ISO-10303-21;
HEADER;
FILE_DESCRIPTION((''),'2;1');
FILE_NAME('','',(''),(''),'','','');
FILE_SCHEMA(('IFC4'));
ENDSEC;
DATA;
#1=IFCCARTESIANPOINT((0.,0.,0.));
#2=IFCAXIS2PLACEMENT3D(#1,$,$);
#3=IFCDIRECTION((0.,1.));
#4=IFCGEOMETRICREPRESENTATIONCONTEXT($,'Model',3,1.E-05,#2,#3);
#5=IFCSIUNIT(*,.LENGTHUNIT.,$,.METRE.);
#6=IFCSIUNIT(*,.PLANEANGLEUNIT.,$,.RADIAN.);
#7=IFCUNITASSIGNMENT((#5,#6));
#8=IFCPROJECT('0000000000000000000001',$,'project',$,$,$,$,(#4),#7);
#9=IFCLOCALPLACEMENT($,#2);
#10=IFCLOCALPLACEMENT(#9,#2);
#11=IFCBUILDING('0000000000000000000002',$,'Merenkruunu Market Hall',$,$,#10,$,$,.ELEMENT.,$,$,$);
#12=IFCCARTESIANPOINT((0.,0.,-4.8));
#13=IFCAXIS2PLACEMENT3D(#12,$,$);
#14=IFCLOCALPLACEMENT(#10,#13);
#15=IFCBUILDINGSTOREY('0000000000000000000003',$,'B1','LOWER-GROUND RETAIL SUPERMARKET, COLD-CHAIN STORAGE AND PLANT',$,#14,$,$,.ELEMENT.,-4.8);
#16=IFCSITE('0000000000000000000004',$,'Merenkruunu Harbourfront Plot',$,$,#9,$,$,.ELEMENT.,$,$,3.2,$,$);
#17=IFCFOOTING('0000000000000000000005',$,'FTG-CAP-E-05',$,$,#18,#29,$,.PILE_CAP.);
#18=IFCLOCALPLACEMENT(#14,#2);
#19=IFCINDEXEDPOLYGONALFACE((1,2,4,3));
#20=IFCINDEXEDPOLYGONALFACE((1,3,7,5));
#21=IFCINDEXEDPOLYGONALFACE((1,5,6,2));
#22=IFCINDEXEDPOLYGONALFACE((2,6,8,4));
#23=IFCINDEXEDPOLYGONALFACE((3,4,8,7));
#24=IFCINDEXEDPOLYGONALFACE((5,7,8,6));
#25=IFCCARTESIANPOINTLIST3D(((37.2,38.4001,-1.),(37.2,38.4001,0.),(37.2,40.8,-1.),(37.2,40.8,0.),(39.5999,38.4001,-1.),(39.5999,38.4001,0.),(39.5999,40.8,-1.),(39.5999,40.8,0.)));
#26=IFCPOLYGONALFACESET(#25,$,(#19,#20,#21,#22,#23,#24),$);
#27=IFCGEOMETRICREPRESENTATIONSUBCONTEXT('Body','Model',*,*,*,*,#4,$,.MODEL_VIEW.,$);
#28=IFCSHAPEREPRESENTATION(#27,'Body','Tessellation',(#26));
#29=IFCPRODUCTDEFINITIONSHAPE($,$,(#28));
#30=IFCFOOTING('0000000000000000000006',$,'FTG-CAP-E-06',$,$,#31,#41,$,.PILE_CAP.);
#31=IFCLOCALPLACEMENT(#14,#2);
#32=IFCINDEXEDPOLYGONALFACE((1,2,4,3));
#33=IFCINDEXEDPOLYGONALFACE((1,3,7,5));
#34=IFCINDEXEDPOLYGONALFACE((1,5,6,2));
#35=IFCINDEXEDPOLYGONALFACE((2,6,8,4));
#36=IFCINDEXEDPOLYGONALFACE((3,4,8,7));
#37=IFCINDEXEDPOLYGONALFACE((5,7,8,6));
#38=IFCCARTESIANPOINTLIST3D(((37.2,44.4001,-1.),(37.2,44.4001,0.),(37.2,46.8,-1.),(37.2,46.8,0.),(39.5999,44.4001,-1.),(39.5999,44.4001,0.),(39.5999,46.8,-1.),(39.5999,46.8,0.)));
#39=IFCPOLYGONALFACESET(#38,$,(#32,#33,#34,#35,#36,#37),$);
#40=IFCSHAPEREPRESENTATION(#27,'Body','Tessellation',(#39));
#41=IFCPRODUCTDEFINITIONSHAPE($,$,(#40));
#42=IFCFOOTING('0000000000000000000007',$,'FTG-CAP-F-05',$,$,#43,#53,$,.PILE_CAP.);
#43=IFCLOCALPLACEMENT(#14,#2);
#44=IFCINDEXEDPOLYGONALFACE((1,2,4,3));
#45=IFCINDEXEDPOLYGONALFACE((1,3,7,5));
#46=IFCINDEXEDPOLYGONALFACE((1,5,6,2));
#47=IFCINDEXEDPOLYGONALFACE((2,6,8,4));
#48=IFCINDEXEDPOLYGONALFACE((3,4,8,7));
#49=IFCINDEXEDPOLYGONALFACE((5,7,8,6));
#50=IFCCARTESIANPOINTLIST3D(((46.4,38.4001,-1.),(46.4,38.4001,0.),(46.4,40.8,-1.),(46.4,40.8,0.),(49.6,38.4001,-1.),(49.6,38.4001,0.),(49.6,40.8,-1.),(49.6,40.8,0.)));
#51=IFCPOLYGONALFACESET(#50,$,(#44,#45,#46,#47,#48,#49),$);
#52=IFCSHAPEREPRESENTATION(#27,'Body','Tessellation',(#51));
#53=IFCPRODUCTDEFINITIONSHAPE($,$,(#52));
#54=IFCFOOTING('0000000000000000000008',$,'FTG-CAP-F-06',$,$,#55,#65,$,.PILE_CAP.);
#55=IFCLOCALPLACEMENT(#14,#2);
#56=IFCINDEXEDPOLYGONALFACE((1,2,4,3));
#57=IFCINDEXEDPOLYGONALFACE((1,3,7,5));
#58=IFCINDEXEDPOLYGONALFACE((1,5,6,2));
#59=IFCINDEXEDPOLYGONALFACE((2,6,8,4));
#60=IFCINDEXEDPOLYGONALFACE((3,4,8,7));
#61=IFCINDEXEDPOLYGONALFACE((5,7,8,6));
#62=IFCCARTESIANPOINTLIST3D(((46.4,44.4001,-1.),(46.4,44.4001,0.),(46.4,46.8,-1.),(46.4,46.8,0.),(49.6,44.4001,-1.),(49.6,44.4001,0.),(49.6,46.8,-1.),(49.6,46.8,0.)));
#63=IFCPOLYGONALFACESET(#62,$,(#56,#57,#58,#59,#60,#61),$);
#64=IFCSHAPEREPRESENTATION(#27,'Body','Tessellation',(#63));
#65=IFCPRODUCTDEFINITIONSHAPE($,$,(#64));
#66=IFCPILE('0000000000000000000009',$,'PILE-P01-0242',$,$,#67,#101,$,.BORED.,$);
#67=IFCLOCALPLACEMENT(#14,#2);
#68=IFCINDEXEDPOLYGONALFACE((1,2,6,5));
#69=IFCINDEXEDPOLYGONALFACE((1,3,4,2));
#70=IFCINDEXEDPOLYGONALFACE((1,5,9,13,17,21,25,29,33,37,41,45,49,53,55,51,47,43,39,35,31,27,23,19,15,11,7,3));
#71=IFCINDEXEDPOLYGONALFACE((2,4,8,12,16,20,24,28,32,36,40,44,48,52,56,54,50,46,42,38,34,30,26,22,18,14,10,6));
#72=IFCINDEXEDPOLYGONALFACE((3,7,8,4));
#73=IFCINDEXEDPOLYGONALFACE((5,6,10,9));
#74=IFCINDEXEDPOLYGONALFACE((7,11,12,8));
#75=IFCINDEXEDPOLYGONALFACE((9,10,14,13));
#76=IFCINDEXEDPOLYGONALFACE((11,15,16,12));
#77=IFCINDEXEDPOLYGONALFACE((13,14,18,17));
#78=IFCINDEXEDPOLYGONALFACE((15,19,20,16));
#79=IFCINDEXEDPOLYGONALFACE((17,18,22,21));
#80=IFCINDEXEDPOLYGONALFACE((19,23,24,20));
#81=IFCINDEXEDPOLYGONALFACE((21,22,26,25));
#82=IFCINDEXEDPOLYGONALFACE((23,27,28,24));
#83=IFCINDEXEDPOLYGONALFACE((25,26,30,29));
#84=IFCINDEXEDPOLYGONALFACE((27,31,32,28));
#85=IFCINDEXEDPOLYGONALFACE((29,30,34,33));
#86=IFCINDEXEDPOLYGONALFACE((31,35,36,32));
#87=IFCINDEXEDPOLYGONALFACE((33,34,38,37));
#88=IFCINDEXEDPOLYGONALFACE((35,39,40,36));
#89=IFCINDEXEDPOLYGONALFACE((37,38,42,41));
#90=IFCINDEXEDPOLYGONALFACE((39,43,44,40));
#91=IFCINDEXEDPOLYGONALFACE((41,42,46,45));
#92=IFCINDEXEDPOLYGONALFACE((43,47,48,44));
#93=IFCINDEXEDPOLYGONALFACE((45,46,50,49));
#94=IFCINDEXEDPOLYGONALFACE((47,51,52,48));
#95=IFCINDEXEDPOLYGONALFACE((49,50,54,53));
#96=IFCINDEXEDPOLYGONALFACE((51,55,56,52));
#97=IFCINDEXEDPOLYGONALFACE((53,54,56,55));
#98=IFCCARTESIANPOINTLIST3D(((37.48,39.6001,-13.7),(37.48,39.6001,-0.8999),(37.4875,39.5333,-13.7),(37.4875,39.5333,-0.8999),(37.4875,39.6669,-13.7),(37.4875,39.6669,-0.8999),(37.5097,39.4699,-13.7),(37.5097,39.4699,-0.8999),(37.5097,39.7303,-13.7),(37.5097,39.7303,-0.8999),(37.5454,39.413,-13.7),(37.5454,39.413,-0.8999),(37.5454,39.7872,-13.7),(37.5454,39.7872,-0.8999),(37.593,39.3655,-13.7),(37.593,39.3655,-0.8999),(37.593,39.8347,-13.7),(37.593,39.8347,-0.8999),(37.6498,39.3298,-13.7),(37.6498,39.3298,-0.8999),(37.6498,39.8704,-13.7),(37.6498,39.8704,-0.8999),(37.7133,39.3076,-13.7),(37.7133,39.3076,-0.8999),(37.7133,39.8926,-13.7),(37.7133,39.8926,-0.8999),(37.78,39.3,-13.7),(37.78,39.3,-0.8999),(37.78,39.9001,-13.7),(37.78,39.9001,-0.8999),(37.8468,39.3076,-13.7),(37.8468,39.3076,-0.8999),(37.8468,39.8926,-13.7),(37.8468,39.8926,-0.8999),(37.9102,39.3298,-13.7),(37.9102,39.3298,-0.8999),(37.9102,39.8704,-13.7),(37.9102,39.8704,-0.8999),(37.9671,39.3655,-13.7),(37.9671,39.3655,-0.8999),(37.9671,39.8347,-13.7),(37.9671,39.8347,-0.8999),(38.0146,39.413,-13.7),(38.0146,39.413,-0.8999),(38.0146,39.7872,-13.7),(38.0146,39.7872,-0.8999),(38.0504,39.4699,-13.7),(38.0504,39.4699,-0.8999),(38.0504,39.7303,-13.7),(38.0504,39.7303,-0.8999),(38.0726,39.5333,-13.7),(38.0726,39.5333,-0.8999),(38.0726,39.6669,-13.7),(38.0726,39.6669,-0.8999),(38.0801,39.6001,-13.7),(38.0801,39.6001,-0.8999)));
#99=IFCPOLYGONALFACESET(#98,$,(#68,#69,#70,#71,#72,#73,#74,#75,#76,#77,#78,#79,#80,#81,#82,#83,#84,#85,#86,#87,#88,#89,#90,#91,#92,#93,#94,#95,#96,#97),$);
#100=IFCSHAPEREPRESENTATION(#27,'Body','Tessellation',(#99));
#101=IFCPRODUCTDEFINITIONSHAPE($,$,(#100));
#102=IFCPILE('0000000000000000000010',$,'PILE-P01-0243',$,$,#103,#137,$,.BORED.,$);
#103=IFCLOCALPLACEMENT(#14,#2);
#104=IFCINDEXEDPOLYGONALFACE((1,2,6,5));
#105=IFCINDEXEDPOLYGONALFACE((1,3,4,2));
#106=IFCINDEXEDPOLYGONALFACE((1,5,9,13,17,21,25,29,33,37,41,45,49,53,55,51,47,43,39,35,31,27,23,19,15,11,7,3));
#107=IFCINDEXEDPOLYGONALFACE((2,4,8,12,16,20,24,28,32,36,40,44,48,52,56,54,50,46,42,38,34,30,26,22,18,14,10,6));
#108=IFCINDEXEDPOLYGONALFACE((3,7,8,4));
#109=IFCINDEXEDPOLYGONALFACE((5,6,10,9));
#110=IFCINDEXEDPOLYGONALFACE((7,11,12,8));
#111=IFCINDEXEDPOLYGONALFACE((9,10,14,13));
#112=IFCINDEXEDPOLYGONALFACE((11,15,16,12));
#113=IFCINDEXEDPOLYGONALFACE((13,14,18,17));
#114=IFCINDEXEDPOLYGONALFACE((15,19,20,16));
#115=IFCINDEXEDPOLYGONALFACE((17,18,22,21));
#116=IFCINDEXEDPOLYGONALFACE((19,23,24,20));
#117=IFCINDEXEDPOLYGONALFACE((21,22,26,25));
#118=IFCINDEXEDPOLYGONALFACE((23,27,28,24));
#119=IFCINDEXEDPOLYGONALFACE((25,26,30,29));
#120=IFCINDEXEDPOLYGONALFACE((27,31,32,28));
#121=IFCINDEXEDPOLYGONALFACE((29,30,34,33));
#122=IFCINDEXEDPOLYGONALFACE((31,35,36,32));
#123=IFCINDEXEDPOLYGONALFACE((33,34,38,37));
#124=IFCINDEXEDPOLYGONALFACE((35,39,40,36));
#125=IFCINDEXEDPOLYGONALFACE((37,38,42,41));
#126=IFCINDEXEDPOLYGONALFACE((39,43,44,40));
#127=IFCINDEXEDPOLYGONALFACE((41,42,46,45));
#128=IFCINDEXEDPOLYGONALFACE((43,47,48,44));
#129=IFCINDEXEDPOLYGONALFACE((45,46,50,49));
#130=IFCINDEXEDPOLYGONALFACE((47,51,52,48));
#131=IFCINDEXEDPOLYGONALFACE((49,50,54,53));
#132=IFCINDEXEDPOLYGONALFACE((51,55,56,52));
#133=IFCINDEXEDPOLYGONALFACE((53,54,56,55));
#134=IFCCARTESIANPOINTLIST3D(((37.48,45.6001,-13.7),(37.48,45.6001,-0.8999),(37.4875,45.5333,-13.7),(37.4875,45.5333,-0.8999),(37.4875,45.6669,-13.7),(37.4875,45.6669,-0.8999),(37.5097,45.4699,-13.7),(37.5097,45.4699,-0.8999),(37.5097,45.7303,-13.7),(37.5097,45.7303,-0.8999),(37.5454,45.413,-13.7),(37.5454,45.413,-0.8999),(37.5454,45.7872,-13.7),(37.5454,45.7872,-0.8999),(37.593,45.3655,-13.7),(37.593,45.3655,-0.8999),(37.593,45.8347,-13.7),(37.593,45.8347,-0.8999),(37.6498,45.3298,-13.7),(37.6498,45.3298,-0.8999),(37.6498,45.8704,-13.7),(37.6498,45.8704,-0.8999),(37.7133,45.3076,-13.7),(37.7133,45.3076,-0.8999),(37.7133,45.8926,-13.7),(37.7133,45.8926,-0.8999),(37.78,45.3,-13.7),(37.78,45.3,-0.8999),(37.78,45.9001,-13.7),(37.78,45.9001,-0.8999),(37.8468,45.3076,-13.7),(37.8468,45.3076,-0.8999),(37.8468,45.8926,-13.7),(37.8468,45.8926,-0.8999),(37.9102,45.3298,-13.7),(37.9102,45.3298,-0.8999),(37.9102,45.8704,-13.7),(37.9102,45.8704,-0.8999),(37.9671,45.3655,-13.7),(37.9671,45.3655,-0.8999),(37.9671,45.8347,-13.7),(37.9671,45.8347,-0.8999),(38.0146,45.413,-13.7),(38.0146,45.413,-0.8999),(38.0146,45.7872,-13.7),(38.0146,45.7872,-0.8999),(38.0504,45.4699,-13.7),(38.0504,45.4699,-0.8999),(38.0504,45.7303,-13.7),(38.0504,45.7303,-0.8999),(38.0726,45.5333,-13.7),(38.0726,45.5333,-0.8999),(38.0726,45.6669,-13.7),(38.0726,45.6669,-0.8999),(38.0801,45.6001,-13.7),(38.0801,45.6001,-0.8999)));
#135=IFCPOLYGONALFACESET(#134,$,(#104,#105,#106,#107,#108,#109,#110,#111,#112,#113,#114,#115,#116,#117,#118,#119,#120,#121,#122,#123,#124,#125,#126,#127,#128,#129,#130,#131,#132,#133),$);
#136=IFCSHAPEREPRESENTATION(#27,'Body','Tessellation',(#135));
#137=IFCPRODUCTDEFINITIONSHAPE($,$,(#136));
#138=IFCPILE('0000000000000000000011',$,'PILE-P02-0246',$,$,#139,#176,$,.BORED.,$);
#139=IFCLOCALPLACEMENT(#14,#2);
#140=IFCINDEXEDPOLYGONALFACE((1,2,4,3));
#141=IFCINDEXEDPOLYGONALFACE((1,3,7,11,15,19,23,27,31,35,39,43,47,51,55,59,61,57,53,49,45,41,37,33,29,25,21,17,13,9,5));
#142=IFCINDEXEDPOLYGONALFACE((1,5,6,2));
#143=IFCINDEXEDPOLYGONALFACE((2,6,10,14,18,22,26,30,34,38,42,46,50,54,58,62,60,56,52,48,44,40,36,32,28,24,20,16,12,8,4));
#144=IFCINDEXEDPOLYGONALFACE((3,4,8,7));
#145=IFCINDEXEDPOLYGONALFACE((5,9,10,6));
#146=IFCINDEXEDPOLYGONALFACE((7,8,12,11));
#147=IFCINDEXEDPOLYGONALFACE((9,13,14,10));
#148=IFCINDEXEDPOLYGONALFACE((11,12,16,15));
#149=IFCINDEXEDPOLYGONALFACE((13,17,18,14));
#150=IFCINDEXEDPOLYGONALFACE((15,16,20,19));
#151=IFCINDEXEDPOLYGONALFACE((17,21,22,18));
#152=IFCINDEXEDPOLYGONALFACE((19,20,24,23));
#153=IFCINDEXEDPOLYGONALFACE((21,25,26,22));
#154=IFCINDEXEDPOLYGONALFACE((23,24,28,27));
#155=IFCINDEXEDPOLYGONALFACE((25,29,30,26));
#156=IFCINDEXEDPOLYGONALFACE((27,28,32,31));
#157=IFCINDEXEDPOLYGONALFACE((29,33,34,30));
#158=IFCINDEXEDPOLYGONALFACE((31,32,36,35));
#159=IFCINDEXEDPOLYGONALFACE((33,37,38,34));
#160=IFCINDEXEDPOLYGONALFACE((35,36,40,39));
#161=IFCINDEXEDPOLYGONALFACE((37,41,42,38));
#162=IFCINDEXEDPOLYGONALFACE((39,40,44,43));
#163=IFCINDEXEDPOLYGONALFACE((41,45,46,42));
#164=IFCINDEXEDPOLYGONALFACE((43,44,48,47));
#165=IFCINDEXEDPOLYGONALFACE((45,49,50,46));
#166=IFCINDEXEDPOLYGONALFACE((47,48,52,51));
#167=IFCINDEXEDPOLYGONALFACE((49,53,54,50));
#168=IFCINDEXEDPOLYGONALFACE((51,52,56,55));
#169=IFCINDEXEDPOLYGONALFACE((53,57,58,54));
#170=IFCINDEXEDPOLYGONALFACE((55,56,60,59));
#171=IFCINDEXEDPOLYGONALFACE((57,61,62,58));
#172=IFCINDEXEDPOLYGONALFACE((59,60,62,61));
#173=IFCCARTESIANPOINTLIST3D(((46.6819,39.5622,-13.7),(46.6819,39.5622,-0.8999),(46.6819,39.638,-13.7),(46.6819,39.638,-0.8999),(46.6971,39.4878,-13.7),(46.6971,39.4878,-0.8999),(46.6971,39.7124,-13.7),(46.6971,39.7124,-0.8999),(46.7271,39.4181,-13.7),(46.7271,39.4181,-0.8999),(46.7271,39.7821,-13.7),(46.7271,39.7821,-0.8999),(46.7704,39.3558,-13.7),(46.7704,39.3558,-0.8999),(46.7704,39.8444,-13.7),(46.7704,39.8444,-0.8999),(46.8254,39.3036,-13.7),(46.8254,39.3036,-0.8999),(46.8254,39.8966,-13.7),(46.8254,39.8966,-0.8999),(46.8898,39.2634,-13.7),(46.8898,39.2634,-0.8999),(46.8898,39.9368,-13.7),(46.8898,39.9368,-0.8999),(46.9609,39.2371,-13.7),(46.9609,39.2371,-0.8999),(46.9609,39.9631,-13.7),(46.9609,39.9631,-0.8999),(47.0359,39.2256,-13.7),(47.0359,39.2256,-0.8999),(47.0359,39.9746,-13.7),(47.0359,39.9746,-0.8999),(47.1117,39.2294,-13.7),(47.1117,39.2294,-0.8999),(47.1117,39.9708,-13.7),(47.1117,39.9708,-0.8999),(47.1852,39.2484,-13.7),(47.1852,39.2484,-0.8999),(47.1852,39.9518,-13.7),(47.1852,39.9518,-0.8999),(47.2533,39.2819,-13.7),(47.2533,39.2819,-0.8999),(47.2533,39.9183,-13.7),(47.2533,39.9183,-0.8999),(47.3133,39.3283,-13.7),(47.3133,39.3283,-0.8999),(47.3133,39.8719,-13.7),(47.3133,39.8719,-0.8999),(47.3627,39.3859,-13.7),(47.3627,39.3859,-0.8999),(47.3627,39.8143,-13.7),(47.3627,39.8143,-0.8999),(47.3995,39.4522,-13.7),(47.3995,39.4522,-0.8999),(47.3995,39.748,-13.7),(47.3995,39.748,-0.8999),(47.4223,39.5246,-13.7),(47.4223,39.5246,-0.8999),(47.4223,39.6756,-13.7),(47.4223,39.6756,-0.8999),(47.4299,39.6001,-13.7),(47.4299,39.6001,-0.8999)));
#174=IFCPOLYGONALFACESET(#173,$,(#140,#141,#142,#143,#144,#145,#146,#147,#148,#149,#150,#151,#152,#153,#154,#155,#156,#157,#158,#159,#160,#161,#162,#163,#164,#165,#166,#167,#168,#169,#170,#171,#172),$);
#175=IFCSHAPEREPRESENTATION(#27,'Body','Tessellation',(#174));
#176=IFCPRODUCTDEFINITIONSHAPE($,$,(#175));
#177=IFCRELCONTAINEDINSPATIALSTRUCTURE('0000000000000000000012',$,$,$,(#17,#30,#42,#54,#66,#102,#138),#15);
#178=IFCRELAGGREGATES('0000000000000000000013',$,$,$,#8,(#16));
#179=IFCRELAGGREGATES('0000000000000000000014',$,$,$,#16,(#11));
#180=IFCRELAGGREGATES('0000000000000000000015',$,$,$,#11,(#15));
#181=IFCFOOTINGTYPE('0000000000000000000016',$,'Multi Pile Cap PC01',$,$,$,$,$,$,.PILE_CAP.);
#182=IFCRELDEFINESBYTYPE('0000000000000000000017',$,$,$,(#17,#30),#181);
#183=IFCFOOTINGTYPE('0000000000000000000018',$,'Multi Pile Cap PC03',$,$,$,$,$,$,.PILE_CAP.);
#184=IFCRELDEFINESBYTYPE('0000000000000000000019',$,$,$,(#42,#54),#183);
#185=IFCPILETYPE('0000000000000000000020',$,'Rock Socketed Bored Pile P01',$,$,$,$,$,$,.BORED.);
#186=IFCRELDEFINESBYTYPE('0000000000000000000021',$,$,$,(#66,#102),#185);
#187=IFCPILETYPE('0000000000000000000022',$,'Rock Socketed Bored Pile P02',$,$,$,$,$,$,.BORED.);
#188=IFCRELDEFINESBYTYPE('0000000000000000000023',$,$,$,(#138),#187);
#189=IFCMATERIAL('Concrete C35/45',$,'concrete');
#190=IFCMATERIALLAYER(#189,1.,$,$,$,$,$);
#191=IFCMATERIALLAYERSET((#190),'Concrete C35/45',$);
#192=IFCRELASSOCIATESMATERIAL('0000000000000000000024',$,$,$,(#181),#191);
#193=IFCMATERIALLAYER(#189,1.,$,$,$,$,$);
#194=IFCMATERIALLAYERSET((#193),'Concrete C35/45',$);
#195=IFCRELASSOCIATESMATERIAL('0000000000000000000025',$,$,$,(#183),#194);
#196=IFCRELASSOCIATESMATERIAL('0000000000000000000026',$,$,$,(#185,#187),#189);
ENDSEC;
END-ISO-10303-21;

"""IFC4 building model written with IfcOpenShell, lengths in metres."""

from ifc_helpers import new_model, si_unit, direction, frame, origin, origin_2d, place, context, subcontext, project, spatial, rectangle, circle, extrude, material, layer, layer_set, material_profile, profile_set, type_object, element, save


model = new_model("IFC4")

# Units and contexts
model_context = context("Model", 3, precision=1e-05, world=origin(), true_north=direction((0.0, 1.0)))
body_context = subcontext(model_context, "Body", "Model", "MODEL_VIEW")
ifc_project = project(units=[si_unit("LENGTHUNIT", "METRE"), si_unit("PLANEANGLEUNIT", "RADIAN")], contexts=[model_context])

# Site, building, storey
site_placement = place(None, origin())
site = spatial("IfcSite", under=ifc_project, at=site_placement, Name="Merenkruunu Harbourfront Plot", CompositionType="ELEMENT", RefElevation=3.2)
building_placement = place(site_placement, origin())
building = spatial("IfcBuilding", under=site, at=building_placement, Name="Merenkruunu Market Hall", CompositionType="ELEMENT")
storey_placement = place(building_placement, frame((0.0, 0.0, -4.8)))
storey = spatial("IfcBuildingStorey", under=building, at=storey_placement, Name="B1", Description="LOWER-GROUND RETAIL SUPERMARKET, COLD-CHAIN STORAGE AND PLANT", CompositionType="ELEMENT", Elevation=-4.8)

# Footings
ifc_material_1 = material(Name="Concrete C35/45", Category="concrete")
ifc_layer_1 = layer(ifc_material_1, 1.0)
ifc_layer_set_1 = layer_set([ifc_layer_1], Name="Concrete C35/45")
footing_type_1 = type_object("IfcFootingType", Name="Multi Pile Cap PC01", PredefinedType="PILE_CAP", material=ifc_layer_set_1)
for number, where, z_axis, x_axis, name in (
    (1, (38.3999, 39.6001, -1.0), (0.0, 0.0, 1.0), (1.0, 0.0, 0.0), "FTG-CAP-E-05"),
    (2, (38.3999, 45.6001, -1.0), (0.0, 0.0, 1.0), (1.0, 0.0, 0.0), "FTG-CAP-E-06"),
):
    element("IfcFooting", number, at=place(storey_placement, frame(where, z_axis=z_axis, x_axis=x_axis)), inside=storey, type_object=footing_type_1, Name=name, PredefinedType="PILE_CAP", context=body_context, shape_type="SweptSolid", body=[
        extrude(rectangle(XDim=2.3999, YDim=2.3999, at=origin_2d()), origin(), (0.0, 0.0, 1.0), 1.0),
    ])
ifc_layer_2 = layer(ifc_material_1, 1.0)
ifc_layer_set_2 = layer_set([ifc_layer_2], Name="Concrete C35/45")
footing_type_2 = type_object("IfcFootingType", Name="Multi Pile Cap PC03", PredefinedType="PILE_CAP", material=ifc_layer_set_2)
for number, where, z_axis, x_axis, name in (
    (3, (48.0, 39.6001, -1.0), (0.0, 0.0, 1.0), (1.0, 0.0, 0.0), "FTG-CAP-F-05"),
    (4, (48.0, 45.6001, -1.0), (0.0, 0.0, 1.0), (1.0, 0.0, 0.0), "FTG-CAP-F-06"),
):
    element("IfcFooting", number, at=place(storey_placement, frame(where, z_axis=z_axis, x_axis=x_axis)), inside=storey, type_object=footing_type_2, Name=name, PredefinedType="PILE_CAP", context=body_context, shape_type="SweptSolid", body=[
        extrude(rectangle(XDim=3.2, YDim=2.3999, at=origin_2d()), origin(), (0.0, 0.0, 1.0), 1.0),
    ])

# Piles
ifc_material_profile_1 = material_profile(ifc_material_1, circle(Radius=0.3, at=origin_2d()), Name="BORED PILE 600")
ifc_profile_set_1 = profile_set([ifc_material_profile_1], Name="Concrete C35/45")
pile_type_1 = type_object("IfcPileType", Name="Rock Socketed Bored Pile P01", PredefinedType="BORED", material=ifc_profile_set_1)
for number, where, z_axis, x_axis, name in (
    (5, (37.78, 39.6001, -0.8999), (0.0, 0.0, -1.0), (1.0, 0.0, 0.0), "PILE-P01-0242"),
    (6, (37.78, 45.6001, -0.8999), (0.0, 0.0, -1.0), (1.0, 0.0, 0.0), "PILE-P01-0243"),
):
    element("IfcPile", number, at=place(storey_placement, frame(where, z_axis=z_axis, x_axis=x_axis)), inside=storey, type_object=pile_type_1, Name=name, PredefinedType="BORED", context=body_context, shape_type="SweptSolid", body=[
        extrude(circle(Radius=0.3, at=origin_2d()), origin(), (0.0, 0.0, 1.0), 12.8),
    ])
ifc_material_profile_2 = material_profile(ifc_material_1, circle(Radius=0.375, at=origin_2d()), Name="BORED PILE 750")
ifc_profile_set_2 = profile_set([ifc_material_profile_2], Name="Concrete C35/45")
pile_type_2 = type_object("IfcPileType", Name="Rock Socketed Bored Pile P02", PredefinedType="BORED", material=ifc_profile_set_2)
for number, where, z_axis, x_axis, name in (
    (7, (47.0549, 39.6001, -0.8999), (0.0, 0.0, -1.0), (1.0, 0.0, 0.0), "PILE-P02-0246"),
):
    element("IfcPile", number, at=place(storey_placement, frame(where, z_axis=z_axis, x_axis=x_axis)), inside=storey, type_object=pile_type_2, Name=name, PredefinedType="BORED", context=body_context, shape_type="SweptSolid", body=[
        extrude(circle(Radius=0.375, at=origin_2d()), origin(), (0.0, 0.0, 1.0), 12.8),
    ])

save(model, "model.ifc")
